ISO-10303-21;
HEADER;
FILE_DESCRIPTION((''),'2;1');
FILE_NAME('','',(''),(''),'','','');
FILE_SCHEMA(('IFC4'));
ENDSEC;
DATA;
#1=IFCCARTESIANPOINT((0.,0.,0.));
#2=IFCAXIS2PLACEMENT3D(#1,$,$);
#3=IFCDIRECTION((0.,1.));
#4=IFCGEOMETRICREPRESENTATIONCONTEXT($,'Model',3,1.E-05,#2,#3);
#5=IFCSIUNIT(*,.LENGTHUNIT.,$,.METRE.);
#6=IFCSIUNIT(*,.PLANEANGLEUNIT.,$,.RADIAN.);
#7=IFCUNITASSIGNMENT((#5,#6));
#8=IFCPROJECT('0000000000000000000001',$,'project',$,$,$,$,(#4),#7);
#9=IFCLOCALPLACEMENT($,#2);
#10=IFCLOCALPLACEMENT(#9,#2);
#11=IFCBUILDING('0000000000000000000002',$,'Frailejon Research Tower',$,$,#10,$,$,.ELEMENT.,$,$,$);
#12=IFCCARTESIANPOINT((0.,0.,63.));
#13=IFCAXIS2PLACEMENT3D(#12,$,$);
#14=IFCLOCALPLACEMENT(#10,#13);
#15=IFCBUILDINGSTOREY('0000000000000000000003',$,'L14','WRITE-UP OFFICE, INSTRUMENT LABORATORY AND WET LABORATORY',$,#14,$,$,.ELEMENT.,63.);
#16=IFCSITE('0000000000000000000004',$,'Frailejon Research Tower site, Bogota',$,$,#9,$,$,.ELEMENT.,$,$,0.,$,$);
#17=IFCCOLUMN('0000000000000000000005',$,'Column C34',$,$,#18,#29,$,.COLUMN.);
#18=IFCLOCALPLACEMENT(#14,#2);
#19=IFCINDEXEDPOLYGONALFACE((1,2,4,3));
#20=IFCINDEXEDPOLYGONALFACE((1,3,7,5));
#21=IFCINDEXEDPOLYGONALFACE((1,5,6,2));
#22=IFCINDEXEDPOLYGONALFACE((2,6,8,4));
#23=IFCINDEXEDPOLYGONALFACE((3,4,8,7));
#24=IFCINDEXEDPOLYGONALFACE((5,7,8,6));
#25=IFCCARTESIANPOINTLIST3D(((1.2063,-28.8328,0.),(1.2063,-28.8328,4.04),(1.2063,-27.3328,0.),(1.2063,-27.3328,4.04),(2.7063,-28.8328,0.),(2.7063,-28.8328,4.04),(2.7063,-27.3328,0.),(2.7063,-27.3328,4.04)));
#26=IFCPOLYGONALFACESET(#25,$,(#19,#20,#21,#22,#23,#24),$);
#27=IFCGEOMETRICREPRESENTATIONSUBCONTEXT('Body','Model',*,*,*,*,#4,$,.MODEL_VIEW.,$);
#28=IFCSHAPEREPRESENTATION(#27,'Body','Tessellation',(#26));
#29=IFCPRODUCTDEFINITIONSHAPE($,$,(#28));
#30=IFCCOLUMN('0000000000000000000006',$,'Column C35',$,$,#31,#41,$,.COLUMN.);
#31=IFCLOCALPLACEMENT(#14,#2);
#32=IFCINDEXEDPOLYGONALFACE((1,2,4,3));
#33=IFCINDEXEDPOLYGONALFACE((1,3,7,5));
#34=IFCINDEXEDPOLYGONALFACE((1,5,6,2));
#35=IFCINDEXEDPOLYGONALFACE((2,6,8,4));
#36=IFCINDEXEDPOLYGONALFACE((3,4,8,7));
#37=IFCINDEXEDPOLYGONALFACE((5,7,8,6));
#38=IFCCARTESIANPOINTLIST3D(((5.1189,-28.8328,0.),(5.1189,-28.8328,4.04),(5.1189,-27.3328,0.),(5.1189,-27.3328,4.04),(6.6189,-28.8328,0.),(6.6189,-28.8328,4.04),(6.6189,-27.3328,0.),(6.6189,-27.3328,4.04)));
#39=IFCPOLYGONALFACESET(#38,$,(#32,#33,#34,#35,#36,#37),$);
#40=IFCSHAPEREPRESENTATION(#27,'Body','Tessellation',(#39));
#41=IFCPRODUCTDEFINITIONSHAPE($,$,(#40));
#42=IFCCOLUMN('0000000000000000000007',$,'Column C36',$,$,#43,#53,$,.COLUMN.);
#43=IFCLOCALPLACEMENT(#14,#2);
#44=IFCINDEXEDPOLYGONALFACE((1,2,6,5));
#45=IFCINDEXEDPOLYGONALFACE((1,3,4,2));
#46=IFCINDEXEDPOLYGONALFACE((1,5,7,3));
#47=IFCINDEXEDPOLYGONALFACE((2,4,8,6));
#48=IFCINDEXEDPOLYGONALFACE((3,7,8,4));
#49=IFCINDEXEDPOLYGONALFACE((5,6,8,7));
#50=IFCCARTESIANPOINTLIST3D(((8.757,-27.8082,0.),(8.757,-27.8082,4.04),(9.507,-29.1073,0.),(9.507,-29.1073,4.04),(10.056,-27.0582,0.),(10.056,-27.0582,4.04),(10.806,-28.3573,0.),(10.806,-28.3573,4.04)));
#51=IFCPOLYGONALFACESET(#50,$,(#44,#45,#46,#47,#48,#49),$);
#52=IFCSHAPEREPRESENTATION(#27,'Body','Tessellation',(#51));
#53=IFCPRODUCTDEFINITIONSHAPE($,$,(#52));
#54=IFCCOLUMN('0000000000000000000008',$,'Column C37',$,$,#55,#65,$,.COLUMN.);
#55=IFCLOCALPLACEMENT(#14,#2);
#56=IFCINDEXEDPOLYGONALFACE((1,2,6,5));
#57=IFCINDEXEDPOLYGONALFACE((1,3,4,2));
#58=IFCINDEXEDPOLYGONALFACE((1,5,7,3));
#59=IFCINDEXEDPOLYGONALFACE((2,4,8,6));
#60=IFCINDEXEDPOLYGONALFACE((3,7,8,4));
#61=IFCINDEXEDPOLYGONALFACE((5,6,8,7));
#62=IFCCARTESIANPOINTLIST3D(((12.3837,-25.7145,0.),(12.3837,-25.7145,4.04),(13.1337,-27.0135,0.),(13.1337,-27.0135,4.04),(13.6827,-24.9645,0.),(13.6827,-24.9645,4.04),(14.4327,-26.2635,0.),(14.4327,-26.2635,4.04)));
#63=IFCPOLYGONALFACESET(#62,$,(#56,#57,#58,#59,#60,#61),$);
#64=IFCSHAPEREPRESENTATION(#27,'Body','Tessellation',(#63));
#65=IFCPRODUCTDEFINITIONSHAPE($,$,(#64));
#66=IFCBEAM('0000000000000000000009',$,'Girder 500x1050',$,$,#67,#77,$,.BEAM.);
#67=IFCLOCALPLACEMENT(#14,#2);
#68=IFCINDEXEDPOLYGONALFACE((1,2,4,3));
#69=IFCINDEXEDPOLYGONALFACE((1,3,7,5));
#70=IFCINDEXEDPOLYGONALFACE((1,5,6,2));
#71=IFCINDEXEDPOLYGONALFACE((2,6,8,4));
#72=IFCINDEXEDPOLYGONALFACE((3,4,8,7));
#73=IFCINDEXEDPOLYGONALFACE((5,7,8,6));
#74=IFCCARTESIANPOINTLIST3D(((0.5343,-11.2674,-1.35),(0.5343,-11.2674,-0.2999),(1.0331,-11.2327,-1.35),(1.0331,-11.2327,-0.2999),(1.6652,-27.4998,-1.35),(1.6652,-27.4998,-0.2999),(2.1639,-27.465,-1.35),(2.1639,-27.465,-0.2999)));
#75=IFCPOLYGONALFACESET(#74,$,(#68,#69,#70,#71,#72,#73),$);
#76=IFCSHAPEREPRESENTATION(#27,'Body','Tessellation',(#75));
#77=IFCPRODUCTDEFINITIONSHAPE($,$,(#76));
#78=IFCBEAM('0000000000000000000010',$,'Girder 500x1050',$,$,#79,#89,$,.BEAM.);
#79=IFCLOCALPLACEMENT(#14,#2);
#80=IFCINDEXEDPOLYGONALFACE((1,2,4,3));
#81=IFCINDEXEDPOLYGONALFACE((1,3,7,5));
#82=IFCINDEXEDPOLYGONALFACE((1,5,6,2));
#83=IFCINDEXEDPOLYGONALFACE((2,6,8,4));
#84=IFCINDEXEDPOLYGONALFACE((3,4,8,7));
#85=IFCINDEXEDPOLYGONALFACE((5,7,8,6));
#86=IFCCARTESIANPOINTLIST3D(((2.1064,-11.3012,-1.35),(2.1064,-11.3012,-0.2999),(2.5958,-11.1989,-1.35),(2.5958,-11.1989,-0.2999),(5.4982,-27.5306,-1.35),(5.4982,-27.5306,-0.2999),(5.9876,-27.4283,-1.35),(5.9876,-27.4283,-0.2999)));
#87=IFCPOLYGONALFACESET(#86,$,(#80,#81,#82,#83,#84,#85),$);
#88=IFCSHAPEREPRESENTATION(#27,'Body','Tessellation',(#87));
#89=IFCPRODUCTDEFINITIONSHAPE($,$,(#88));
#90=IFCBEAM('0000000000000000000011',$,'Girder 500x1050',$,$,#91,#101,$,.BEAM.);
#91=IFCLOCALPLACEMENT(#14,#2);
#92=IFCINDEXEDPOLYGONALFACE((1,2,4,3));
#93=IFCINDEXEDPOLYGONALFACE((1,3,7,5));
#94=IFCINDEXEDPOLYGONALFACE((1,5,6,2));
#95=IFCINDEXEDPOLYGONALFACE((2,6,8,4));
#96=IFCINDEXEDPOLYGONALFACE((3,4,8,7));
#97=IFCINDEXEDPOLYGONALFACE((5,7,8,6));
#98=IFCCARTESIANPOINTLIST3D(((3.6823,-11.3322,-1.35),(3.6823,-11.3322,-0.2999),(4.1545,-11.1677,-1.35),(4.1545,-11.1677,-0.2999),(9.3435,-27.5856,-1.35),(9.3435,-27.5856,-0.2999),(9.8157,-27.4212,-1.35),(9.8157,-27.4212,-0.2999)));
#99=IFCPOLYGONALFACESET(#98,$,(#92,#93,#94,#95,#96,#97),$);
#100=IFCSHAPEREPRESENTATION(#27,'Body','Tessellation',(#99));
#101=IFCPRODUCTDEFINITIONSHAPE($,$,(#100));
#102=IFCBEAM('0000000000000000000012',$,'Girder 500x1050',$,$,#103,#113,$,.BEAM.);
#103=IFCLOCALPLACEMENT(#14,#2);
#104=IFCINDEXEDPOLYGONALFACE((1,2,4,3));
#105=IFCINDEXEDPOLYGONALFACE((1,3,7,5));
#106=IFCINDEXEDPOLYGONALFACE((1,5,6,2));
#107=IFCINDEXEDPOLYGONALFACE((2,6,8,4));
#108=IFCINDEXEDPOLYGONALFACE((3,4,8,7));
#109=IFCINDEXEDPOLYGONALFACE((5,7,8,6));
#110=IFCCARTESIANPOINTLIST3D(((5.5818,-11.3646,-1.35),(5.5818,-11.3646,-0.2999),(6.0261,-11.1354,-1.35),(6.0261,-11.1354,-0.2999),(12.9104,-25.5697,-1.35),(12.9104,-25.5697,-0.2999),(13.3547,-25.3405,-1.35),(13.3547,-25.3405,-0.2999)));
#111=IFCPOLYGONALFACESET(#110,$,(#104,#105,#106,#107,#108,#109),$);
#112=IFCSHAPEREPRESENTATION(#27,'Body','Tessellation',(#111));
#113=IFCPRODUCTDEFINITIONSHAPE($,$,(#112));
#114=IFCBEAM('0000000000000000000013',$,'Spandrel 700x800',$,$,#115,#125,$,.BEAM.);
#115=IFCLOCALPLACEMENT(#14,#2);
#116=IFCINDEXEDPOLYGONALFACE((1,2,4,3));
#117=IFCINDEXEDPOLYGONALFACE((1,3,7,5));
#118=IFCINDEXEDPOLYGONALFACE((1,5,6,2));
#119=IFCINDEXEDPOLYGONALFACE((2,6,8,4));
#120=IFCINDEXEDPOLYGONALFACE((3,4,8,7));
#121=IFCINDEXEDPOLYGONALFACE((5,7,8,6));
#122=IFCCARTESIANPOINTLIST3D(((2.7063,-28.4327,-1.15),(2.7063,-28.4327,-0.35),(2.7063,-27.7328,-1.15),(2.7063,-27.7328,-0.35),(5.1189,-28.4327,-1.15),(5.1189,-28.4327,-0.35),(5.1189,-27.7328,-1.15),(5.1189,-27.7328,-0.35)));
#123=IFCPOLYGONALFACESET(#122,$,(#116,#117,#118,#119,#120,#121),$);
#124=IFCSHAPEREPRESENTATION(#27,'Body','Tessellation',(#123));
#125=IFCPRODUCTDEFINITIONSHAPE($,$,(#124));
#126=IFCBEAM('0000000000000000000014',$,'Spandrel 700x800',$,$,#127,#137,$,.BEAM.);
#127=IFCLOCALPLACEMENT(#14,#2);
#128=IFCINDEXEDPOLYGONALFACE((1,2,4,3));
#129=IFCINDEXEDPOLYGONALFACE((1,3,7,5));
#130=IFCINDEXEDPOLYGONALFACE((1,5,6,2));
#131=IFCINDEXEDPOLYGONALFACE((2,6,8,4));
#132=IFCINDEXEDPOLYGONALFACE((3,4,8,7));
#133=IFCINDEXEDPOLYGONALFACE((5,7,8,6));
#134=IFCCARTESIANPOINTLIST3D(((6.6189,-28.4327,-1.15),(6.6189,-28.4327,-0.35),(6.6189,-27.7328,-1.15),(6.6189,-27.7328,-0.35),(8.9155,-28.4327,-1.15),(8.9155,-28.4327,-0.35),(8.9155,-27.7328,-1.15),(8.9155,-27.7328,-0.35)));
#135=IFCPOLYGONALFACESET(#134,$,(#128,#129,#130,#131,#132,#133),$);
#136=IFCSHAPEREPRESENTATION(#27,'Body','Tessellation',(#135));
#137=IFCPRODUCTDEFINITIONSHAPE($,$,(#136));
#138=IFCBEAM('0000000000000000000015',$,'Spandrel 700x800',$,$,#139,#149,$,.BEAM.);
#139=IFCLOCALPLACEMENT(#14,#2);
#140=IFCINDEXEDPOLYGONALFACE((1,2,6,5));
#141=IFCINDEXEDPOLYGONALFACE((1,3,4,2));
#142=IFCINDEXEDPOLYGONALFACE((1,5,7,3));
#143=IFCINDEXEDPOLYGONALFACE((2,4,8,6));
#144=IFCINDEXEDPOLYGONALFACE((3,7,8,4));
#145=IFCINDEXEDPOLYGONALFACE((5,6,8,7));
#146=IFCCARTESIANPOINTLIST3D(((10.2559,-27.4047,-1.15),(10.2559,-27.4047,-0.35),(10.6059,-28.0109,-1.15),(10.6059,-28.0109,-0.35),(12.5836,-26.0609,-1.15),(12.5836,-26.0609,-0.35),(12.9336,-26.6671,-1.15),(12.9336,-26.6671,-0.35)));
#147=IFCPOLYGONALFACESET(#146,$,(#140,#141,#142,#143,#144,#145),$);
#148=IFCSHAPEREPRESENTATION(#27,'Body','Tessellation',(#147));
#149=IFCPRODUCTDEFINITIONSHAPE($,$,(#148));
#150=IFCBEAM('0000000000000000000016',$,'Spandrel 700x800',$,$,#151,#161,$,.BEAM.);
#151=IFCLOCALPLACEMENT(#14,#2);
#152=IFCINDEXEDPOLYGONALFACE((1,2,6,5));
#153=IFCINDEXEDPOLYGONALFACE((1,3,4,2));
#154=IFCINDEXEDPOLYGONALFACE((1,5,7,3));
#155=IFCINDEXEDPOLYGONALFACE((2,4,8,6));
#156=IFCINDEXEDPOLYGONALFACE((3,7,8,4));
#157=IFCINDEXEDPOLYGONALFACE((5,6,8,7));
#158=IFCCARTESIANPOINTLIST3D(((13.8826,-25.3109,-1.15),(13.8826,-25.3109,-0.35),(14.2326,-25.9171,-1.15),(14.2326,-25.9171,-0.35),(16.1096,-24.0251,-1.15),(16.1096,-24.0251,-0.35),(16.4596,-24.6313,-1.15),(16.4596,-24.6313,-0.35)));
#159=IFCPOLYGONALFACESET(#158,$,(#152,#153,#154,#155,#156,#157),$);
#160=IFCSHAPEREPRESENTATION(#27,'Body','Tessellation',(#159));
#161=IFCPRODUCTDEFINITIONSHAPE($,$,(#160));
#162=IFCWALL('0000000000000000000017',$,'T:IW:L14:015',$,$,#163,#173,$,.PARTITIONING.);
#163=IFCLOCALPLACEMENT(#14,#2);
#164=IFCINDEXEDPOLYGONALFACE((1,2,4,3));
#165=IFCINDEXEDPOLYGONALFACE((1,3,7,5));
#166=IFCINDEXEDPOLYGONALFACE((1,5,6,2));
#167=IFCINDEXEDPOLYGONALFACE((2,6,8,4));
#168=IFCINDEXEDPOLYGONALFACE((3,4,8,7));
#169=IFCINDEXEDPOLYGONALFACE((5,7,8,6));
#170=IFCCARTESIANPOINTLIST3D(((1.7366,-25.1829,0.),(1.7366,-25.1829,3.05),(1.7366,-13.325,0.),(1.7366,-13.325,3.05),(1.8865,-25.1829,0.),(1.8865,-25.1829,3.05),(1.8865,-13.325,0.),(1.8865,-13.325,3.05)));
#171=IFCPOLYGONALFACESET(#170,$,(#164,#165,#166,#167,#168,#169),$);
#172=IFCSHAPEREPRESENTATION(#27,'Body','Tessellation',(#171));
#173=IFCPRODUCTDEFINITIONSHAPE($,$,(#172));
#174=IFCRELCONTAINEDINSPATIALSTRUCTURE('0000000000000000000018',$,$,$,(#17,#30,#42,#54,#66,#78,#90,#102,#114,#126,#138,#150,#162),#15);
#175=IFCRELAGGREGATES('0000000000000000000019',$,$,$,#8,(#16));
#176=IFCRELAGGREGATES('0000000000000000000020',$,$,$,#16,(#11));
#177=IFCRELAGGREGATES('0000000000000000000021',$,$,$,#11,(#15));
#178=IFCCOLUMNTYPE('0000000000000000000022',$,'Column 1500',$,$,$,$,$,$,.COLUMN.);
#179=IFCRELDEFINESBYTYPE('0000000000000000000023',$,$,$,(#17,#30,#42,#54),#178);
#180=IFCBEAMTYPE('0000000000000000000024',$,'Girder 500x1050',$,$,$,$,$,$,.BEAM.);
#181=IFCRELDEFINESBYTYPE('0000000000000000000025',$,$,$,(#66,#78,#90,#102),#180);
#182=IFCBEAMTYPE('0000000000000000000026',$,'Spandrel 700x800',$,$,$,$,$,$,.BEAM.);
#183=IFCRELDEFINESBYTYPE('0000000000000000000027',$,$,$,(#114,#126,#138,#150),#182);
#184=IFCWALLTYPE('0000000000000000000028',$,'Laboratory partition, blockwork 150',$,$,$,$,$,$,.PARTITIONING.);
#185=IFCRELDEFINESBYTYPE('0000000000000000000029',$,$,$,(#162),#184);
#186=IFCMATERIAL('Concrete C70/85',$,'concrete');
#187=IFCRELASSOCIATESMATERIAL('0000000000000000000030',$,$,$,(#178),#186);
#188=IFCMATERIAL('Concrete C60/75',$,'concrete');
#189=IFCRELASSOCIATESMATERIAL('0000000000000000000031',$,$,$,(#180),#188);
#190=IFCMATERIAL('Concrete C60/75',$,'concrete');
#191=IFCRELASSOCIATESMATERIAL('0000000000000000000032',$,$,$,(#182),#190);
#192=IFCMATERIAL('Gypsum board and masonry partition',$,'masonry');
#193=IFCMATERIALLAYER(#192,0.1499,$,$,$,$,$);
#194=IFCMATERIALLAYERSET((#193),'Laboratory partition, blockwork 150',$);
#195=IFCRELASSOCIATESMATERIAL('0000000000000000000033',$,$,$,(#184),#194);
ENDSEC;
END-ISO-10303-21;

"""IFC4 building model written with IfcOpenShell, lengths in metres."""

from ifc_helpers import new_model, si_unit, direction, frame, frame_2d, origin, origin_2d, place, context, subcontext, project, spatial, rectangle, extrude, material, layer, layer_set, material_profile, profile_set, type_object, element, save


model = new_model("IFC4")

# Units and contexts
model_context = context("Model", 3, precision=1e-05, world=origin(), true_north=direction((0.0, 1.0)))
body_context = subcontext(model_context, "Body", "Model", "MODEL_VIEW")
ifc_project = project(units=[si_unit("LENGTHUNIT", "METRE"), si_unit("PLANEANGLEUNIT", "RADIAN")], contexts=[model_context])

# Site, building, storey
site_placement = place(None, origin())
site = spatial("IfcSite", under=ifc_project, at=site_placement, Name="Frailejon Research Tower site, Bogota", CompositionType="ELEMENT", RefElevation=0.0)
building_placement = place(site_placement, origin())
building = spatial("IfcBuilding", under=site, at=building_placement, Name="Frailejon Research Tower", CompositionType="ELEMENT")
storey_placement = place(building_placement, frame((0.0, 0.0, 63.0)))
storey = spatial("IfcBuildingStorey", under=building, at=storey_placement, Name="L14", Description="WRITE-UP OFFICE, INSTRUMENT LABORATORY AND WET LABORATORY", CompositionType="ELEMENT", Elevation=63.0)

# Columns
ifc_material_1 = material(Name="Concrete C70/85", Category="concrete")
ifc_material_profile_1 = material_profile(ifc_material_1, rectangle(XDim=1.5, YDim=1.5, at=origin_2d()), Name="Column 1500")
ifc_profile_set_1 = profile_set([ifc_material_profile_1], Name="Concrete C70/85")
column_type = type_object("IfcColumnType", Name="Column 1500", PredefinedType="COLUMN", material=ifc_profile_set_1)
for number, where, z_axis, x_axis, name in (
    (1, (1.9563, -28.0828, 0.0), (0.0, 0.0, 1.0), (1.0, 0.0, 0.0), "Column C34"),
    (2, (5.8689, -28.0828, 0.0), (0.0, 0.0, 1.0), (1.0, 0.0, 0.0), "Column C35"),
    (3, (9.7815, -28.0828, 0.0), (0.0, 0.0, 1.0), (0.866025, 0.5, 0.0), "Column C36"),
    (4, (13.4082, -25.989, 0.0), (0.0, 0.0, 1.0), (0.866025, 0.5, 0.0), "Column C37"),
):
    element("IfcColumn", number, at=place(storey_placement, frame(where, z_axis=z_axis, x_axis=x_axis)), inside=storey, type_object=column_type, Name=name, PredefinedType="COLUMN", context=body_context, shape_type="SweptSolid", body=[
        extrude(rectangle(XDim=1.5, YDim=1.5, at=origin_2d()), origin(), (0.0, 0.0, 1.0), 4.04),
    ])

# Beams
ifc_material_2 = material(Name="Concrete C60/75", Category="concrete")
ifc_material_profile_2 = material_profile(ifc_material_2, rectangle(XDim=0.5, YDim=1.05, at=origin_2d()), Name="Girder 500x1050")
ifc_profile_set_2 = profile_set([ifc_material_profile_2], Name="Concrete C60/75")
beam_type_1 = type_object("IfcBeamType", Name="Girder 500x1050", PredefinedType="BEAM", material=ifc_profile_set_2)
beam_1_placement = place(storey_placement, frame((1.9146, -27.4824, -0.825), z_axis=(-0.069498, 0.997582, 0.0), x_axis=(-0.997582, -0.069498, 0.0)))
element("IfcBeam", 5, at=beam_1_placement, inside=storey, type_object=beam_type_1, Name="Girder 500x1050", PredefinedType="BEAM", context=body_context, shape_type="SweptSolid", body=[
    extrude(rectangle(XDim=0.5, YDim=1.05, at=origin_2d()), origin(), (0.0, 0.0, 1.0), 16.2717),
])
beam_2_placement = place(storey_placement, frame((5.7429, -27.4795, -0.825), z_axis=(-0.204573, 0.978851, 0.0), x_axis=(-0.978851, -0.204573, 0.0)))
element("IfcBeam", 6, at=beam_2_placement, inside=storey, type_object=beam_type_1, Name="Girder 500x1050", PredefinedType="BEAM", context=body_context, shape_type="SweptSolid", body=[
    extrude(rectangle(XDim=0.5, YDim=1.05, at=origin_2d()), origin(), (0.0, 0.0, 1.0), 16.5801),
])
beam_3_placement = place(storey_placement, frame((9.5796, -27.5034, -0.825), z_axis=(-0.328923, 0.944357, 0.0), x_axis=(-0.944357, -0.328923, 0.0)))
element("IfcBeam", 7, at=beam_3_placement, inside=storey, type_object=beam_type_1, Name="Girder 500x1050", PredefinedType="BEAM", context=body_context, shape_type="SweptSolid", body=[
    extrude(rectangle(XDim=0.5, YDim=1.05, at=origin_2d()), origin(), (0.0, 0.0, 1.0), 17.2112),
])
beam_4_placement = place(storey_placement, frame((13.1326, -25.4551, -0.825), z_axis=(-0.458493, 0.888698, 0.0), x_axis=(-0.888698, -0.458493, 0.0)))
element("IfcBeam", 8, at=beam_4_placement, inside=storey, type_object=beam_type_1, Name="Girder 500x1050", PredefinedType="BEAM", context=body_context, shape_type="SweptSolid", body=[
    extrude(rectangle(XDim=0.5, YDim=1.05, at=origin_2d()), origin(), (0.0, 0.0, 1.0), 15.9841),
])
ifc_material_3 = material(Name="Concrete C60/75", Category="concrete")
ifc_material_profile_3 = material_profile(ifc_material_3, rectangle(XDim=0.7, YDim=0.8, at=origin_2d()), Name="Spandrel 700x800")
ifc_profile_set_3 = profile_set([ifc_material_profile_3], Name="Concrete C60/75")
beam_type_2 = type_object("IfcBeamType", Name="Spandrel 700x800", PredefinedType="BEAM", material=ifc_profile_set_3)
beam_5_placement = place(storey_placement, frame((2.7063, -28.0828, -0.75), z_axis=(1.0, 0.0, 0.0), x_axis=(0.0, 1.0, 0.0)))
element("IfcBeam", 9, at=beam_5_placement, inside=storey, type_object=beam_type_2, Name="Spandrel 700x800", PredefinedType="BEAM", context=body_context, shape_type="SweptSolid", body=[
    extrude(rectangle(XDim=0.7, YDim=0.8, at=origin_2d()), origin(), (0.0, 0.0, 1.0), 2.4126),
])
beam_6_placement = place(storey_placement, frame((6.6189, -28.0828, -0.75), z_axis=(1.0, 0.0, 0.0), x_axis=(0.0, 1.0, 0.0)))
element("IfcBeam", 10, at=beam_6_placement, inside=storey, type_object=beam_type_2, Name="Spandrel 700x800", PredefinedType="BEAM", context=body_context, shape_type="SweptSolid", body=[
    extrude(rectangle(XDim=0.7, YDim=0.8, at=origin_2d()), origin(), (0.0, 0.0, 1.0), 2.2966),
])
beam_7_placement = place(storey_placement, frame((10.4309, -27.7078, -0.75), z_axis=(0.866043, 0.499969, 0.0), x_axis=(-0.499969, 0.866043, 0.0)))
element("IfcBeam", 11, at=beam_7_placement, inside=storey, type_object=beam_type_2, Name="Spandrel 700x800", PredefinedType="BEAM", context=body_context, shape_type="SweptSolid", body=[
    extrude(rectangle(XDim=0.7, YDim=0.8, at=origin_2d()), origin(), (0.0, 0.0, 1.0), 2.6877),
])
beam_8_placement = place(storey_placement, frame((14.0576, -25.614, -0.75), z_axis=(0.866009, 0.500029, 0.0), x_axis=(-0.500029, 0.866009, 0.0)))
element("IfcBeam", 12, at=beam_8_placement, inside=storey, type_object=beam_type_2, Name="Spandrel 700x800", PredefinedType="BEAM", context=body_context, shape_type="SweptSolid", body=[
    extrude(rectangle(XDim=0.7, YDim=0.8, at=origin_2d()), origin(), (0.0, 0.0, 1.0), 2.5715),
])

# Wall
ifc_material_4 = material(Name="Gypsum board and masonry partition", Category="masonry")
ifc_layer_1 = layer(ifc_material_4, 0.1499)
ifc_layer_set_1 = layer_set([ifc_layer_1], Name="Laboratory partition, blockwork 150")
wall_type_1 = type_object("IfcWallType", Name="Laboratory partition, blockwork 150", PredefinedType="PARTITIONING", material=ifc_layer_set_1)
wall_1_placement = place(storey_placement, frame((1.8115, -25.1829, 0.0), z_axis=(0.0, 0.0, 1.0), x_axis=(0.0, 1.0, 0.0)))
element("IfcWall", 13, at=wall_1_placement, inside=storey, type_object=wall_type_1, Name="T:IW:L14:015", PredefinedType="PARTITIONING", context=body_context, shape_type="SweptSolid", body=[
    extrude(rectangle(XDim=11.8579, YDim=0.1499, at=frame_2d((5.929, 0.0))), origin(), (0.0, 0.0, 1.0), 3.05),
])

save(model, "model.ifc")
